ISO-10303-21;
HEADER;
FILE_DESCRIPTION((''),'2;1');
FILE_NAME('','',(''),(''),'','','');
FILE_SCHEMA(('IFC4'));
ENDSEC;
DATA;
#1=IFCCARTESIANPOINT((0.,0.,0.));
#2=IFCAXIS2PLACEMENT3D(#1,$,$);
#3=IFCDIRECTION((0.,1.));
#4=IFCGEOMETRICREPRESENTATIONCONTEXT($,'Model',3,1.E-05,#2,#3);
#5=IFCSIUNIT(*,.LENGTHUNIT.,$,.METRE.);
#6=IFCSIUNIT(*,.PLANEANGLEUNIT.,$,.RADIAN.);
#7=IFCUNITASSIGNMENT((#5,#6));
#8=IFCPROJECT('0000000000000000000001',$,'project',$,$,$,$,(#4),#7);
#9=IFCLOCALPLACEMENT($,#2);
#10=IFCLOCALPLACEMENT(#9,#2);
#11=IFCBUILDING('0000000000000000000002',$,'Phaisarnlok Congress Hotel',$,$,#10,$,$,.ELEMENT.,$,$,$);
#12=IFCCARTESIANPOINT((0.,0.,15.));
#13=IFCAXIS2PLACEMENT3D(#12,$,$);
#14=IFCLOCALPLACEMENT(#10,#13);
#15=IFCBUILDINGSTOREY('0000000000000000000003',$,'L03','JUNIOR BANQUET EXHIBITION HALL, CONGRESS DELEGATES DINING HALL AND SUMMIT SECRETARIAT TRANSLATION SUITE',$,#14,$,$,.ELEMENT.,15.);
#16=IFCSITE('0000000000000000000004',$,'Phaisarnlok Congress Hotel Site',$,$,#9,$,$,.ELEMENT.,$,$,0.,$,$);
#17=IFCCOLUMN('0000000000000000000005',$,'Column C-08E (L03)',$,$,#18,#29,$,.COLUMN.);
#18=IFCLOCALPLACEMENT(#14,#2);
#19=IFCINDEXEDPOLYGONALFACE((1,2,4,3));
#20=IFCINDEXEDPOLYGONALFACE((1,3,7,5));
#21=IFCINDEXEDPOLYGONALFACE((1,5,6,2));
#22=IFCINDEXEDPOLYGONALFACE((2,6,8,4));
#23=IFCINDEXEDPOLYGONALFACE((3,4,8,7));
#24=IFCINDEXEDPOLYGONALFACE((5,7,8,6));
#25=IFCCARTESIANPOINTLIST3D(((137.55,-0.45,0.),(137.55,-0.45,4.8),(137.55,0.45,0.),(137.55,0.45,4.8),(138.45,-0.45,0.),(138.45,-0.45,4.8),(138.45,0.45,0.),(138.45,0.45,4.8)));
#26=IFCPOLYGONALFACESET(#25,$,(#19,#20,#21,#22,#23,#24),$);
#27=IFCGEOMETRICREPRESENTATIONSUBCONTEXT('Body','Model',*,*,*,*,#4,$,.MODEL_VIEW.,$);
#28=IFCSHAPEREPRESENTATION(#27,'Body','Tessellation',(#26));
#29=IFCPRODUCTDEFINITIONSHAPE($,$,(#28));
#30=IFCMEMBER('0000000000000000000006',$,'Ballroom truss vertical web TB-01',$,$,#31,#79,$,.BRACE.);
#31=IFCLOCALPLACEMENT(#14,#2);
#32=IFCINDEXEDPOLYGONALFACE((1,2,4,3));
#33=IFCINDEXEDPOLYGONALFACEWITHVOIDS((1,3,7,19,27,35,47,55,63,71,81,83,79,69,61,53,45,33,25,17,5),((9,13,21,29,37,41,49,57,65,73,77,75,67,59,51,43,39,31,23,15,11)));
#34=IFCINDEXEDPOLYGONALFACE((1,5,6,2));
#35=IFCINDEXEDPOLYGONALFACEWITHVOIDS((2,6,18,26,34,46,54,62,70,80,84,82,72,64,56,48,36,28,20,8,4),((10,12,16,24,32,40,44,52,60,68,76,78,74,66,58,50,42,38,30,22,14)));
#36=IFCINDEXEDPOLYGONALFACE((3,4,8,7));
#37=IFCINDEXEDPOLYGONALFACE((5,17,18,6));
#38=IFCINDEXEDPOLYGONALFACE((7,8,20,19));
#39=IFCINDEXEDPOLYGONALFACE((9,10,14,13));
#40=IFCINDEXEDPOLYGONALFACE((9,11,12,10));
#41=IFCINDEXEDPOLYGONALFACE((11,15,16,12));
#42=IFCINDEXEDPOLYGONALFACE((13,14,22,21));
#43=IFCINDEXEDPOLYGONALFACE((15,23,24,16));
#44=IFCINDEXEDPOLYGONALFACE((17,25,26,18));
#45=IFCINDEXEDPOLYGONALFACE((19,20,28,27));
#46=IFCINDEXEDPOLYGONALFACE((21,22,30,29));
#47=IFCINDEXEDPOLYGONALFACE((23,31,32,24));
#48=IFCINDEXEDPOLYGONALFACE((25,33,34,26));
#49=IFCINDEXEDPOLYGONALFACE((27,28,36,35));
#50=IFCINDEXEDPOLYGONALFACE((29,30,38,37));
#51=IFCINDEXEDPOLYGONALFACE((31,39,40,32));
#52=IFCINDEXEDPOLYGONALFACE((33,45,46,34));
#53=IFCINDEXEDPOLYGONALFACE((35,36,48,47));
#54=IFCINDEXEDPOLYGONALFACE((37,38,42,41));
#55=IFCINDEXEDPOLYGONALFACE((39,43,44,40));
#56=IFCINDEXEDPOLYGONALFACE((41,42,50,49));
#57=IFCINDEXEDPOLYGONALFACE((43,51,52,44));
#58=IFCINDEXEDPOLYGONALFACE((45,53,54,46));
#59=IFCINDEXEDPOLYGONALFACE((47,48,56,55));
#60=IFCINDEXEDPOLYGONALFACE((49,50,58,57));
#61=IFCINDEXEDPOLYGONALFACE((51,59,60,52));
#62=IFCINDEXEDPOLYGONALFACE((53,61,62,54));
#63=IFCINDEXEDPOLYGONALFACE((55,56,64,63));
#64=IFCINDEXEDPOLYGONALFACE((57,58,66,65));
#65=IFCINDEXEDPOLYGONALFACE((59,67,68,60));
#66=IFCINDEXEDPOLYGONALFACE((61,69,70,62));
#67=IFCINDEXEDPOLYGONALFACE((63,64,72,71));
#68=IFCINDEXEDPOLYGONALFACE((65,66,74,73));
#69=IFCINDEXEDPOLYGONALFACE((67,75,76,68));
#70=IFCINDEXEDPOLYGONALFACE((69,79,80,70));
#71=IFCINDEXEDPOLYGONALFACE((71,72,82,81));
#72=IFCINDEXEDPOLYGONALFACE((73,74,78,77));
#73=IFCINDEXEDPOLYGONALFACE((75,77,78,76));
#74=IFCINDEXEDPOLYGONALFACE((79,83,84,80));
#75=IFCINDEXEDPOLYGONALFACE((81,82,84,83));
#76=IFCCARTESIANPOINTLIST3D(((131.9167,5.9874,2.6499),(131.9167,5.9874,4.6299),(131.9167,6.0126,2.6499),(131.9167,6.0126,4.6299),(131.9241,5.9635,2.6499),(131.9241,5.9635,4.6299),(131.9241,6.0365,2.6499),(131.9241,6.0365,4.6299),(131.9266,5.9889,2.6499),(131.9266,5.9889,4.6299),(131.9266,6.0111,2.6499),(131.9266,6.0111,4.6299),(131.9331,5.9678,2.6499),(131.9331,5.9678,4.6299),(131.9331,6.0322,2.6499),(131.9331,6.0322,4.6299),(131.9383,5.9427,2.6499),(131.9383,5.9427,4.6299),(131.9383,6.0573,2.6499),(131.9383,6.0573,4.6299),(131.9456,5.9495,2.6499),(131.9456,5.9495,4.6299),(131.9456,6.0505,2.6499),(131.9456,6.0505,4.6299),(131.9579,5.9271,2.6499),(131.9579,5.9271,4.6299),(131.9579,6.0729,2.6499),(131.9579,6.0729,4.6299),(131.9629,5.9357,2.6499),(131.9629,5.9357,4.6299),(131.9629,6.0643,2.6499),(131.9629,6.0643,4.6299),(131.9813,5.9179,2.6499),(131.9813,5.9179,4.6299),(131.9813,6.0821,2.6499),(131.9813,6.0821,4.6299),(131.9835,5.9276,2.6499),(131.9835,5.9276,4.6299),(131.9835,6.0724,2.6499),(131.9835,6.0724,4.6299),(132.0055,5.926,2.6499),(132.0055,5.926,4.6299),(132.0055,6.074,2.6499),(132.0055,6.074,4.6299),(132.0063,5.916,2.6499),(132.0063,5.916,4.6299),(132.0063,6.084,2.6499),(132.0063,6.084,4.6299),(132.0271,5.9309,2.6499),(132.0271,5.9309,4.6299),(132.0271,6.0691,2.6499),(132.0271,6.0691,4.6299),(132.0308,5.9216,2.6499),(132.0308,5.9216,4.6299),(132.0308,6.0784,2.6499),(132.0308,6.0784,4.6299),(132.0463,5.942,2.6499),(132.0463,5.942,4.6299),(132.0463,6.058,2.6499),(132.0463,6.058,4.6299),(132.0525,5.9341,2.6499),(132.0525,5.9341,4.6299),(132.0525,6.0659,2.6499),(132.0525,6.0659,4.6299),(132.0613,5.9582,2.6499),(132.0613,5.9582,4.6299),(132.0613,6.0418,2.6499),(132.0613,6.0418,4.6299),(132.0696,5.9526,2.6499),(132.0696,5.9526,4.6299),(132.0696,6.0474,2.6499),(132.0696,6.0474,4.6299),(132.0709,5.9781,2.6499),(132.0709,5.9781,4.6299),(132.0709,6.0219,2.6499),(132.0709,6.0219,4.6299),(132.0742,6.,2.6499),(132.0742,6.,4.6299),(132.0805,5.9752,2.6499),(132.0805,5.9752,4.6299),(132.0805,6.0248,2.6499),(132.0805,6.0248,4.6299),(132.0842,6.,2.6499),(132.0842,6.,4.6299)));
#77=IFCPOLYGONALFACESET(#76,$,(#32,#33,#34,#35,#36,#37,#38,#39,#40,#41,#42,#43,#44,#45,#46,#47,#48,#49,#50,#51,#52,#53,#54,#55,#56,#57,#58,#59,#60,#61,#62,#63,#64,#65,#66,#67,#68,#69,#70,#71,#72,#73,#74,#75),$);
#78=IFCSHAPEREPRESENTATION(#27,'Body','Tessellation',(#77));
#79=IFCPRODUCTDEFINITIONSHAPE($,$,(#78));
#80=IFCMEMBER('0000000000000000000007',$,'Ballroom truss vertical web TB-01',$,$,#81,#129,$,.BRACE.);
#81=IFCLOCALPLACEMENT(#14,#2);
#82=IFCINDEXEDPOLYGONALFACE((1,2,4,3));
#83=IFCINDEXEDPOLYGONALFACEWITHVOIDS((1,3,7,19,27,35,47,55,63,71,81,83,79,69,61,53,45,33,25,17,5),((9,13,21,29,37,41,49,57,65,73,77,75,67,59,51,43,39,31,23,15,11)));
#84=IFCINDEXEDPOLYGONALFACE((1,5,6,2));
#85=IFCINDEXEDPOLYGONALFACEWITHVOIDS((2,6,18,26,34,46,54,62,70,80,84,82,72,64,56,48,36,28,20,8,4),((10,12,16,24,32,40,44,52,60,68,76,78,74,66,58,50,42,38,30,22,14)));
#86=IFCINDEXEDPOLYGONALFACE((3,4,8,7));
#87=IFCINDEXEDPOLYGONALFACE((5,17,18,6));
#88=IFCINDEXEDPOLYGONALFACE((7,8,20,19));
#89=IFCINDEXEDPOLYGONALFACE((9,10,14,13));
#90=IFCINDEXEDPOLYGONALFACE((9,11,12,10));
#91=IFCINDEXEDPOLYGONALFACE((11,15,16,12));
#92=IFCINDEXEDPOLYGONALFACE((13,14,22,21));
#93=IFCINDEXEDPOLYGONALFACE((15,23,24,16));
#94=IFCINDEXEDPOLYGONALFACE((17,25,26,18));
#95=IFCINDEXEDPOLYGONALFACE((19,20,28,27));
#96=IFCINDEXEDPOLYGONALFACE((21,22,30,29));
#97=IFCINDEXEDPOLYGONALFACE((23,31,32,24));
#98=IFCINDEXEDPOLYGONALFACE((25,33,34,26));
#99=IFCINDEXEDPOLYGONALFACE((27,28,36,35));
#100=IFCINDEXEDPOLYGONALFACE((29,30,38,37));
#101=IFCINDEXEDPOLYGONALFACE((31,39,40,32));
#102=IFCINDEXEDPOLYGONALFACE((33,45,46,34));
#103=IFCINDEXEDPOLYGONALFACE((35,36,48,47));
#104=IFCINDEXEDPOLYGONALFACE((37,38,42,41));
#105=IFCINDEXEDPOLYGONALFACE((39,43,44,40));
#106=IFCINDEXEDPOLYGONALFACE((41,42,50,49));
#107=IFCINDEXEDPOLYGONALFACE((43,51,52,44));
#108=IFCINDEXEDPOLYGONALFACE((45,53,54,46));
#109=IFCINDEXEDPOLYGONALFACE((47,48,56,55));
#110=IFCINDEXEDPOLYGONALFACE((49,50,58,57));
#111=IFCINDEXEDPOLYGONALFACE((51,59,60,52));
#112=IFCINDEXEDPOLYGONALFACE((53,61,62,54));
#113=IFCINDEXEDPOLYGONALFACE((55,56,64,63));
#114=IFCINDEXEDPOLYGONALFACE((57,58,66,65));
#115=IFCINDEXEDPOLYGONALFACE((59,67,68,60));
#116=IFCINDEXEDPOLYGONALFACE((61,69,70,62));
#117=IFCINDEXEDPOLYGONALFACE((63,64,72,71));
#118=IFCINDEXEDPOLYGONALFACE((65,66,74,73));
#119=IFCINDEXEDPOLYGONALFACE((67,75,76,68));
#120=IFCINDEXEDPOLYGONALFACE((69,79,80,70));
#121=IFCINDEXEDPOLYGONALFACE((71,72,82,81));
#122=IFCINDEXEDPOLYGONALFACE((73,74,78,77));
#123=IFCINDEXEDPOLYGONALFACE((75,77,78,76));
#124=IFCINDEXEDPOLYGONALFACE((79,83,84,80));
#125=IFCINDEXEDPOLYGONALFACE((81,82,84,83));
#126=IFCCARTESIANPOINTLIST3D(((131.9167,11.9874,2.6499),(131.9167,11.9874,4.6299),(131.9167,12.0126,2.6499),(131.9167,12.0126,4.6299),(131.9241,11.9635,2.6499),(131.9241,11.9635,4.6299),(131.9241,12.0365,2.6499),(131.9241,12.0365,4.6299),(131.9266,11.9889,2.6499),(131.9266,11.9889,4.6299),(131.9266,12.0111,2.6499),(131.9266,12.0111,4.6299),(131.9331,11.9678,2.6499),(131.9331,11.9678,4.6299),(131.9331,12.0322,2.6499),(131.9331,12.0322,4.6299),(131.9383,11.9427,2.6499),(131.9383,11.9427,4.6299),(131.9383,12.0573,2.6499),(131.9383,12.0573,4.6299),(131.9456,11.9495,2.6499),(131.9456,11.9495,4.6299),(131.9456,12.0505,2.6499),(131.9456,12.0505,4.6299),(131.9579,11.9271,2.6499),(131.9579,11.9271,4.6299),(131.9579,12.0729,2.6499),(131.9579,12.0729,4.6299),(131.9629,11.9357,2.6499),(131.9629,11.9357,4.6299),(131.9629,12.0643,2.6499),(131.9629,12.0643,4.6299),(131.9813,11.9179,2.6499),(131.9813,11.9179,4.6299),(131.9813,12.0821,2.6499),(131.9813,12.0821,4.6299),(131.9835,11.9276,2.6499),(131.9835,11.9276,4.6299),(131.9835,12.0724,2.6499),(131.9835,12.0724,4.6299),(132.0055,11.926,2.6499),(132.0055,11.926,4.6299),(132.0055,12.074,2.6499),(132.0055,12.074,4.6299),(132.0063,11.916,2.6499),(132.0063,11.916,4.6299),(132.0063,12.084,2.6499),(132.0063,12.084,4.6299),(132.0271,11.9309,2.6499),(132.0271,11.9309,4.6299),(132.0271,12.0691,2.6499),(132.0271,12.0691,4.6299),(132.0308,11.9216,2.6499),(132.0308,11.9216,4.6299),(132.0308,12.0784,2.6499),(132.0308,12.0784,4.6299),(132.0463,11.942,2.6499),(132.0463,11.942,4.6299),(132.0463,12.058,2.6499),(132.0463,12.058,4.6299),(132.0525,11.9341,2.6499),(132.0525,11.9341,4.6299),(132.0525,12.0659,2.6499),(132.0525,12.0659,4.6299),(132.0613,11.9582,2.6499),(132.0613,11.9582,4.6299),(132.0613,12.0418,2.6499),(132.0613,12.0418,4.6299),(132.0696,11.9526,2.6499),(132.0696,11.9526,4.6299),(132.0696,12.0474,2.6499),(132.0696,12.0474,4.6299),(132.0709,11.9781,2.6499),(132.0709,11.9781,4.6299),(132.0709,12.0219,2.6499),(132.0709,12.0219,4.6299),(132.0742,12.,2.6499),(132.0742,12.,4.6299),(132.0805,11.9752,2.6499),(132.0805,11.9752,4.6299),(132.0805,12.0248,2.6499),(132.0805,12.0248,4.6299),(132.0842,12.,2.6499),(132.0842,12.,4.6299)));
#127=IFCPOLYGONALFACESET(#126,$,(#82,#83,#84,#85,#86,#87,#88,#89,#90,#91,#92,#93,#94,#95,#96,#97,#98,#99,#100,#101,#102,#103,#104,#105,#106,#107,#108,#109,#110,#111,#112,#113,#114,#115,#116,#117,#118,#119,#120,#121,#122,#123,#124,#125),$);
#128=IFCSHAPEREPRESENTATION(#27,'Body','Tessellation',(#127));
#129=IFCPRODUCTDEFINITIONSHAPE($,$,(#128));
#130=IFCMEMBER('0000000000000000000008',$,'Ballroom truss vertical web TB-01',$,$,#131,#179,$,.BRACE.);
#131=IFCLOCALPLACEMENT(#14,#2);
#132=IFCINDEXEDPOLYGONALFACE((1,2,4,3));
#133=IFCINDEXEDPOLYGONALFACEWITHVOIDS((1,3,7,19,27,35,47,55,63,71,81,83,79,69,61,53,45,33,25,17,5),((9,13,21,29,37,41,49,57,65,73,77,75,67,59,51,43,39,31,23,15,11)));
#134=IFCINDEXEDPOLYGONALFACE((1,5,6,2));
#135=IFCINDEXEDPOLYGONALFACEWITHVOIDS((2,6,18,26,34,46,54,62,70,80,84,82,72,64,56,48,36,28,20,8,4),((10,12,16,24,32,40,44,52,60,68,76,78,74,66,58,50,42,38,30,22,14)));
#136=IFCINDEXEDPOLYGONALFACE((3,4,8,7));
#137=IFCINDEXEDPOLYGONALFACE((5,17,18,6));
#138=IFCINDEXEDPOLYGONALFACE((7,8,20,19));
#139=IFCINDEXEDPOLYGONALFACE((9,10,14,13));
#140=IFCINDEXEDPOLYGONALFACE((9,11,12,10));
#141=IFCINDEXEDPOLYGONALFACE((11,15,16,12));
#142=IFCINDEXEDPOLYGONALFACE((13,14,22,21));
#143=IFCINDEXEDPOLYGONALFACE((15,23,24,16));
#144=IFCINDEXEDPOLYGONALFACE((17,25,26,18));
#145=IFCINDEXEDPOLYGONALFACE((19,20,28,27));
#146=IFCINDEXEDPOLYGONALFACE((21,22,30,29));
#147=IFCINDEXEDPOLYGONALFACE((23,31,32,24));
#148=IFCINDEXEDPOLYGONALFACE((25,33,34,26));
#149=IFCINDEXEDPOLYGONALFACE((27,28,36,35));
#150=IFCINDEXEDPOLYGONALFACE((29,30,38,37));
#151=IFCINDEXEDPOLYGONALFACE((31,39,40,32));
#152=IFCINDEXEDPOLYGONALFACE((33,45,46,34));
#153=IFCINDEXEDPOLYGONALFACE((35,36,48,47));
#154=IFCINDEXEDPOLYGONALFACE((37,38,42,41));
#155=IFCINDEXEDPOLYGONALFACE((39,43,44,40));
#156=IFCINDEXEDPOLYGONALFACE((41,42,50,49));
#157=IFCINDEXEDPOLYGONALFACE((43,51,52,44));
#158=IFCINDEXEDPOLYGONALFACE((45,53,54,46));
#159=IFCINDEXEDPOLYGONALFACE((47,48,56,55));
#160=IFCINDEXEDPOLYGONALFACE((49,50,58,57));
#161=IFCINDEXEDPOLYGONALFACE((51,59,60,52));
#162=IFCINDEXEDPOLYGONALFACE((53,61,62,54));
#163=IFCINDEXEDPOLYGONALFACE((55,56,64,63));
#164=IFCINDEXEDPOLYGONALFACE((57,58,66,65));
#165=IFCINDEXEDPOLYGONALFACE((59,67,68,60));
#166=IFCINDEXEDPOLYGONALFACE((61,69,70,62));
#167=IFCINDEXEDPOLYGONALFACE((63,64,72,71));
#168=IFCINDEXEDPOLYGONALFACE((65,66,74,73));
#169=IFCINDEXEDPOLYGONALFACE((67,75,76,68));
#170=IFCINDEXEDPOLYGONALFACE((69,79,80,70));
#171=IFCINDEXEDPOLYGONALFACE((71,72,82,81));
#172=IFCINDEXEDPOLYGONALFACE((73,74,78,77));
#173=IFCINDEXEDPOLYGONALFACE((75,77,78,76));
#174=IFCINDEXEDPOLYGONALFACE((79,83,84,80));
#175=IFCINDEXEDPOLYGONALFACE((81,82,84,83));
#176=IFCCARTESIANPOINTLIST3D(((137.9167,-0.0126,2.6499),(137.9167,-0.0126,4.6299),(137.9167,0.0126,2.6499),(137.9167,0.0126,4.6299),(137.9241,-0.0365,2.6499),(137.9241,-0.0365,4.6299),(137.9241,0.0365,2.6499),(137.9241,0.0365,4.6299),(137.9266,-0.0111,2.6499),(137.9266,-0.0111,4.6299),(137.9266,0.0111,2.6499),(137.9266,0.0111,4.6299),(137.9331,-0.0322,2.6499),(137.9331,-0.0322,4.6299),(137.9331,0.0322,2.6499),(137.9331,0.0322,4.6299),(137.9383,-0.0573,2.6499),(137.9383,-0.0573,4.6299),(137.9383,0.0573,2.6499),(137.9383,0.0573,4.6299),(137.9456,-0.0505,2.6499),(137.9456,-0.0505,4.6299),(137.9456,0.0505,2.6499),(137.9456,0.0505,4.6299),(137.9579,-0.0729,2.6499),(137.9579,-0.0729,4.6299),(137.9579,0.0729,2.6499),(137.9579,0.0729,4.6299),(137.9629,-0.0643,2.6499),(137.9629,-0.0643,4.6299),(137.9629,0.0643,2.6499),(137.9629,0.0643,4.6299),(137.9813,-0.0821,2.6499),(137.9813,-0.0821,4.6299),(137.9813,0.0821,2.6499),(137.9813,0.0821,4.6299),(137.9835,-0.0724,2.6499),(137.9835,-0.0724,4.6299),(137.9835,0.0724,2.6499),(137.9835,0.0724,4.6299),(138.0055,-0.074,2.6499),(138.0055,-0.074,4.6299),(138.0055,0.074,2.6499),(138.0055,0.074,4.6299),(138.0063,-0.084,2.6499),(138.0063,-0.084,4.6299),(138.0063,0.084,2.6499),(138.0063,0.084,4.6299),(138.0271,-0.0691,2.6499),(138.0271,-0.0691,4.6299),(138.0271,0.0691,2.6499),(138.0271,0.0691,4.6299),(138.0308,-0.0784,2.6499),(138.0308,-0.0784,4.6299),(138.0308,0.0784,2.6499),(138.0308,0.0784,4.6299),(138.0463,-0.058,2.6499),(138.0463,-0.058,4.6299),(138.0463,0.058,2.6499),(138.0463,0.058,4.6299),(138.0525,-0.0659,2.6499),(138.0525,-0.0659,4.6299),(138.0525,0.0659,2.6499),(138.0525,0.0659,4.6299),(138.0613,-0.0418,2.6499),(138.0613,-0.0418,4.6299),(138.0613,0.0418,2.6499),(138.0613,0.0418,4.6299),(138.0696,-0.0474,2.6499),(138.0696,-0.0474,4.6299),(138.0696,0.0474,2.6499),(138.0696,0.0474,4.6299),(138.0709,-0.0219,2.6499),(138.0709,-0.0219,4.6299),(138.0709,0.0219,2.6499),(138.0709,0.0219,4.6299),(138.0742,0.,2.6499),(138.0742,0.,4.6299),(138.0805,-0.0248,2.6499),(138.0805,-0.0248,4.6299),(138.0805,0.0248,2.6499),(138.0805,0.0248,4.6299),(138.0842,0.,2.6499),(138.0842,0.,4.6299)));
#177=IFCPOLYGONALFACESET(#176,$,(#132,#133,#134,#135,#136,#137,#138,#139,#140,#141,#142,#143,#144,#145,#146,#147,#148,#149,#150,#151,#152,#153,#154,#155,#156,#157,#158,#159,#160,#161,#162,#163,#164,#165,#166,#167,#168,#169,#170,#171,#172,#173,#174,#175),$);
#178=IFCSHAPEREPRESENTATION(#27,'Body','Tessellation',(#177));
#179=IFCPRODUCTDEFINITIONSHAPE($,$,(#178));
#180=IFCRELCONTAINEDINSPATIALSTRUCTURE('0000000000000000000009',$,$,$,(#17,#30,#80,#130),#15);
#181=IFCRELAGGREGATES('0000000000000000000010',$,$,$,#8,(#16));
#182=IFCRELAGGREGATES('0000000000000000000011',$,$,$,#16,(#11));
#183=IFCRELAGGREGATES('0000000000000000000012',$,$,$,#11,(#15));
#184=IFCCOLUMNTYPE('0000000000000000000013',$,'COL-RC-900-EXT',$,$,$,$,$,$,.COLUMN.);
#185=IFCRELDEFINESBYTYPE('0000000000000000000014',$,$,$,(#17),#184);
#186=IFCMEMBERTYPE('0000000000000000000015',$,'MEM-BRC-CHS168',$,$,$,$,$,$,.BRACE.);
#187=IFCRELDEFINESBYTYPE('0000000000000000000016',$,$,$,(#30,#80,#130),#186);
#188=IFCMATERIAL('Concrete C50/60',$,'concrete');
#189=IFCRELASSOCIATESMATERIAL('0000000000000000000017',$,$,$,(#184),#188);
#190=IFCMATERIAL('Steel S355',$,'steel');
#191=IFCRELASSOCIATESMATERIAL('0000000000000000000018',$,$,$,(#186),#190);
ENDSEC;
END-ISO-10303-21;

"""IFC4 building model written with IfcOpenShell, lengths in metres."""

from ifc_helpers import new_model, si_unit, direction, frame, origin, origin_2d, place, context, subcontext, project, spatial, rectangle, hollow_circle, extrude, material, material_profile, profile_set, type_object, element, save


model = new_model("IFC4")

# Units and contexts
model_context = context("Model", 3, precision=1e-05, world=origin(), true_north=direction((0.0, 1.0)))
body_context = subcontext(model_context, "Body", "Model", "MODEL_VIEW")
ifc_project = project(units=[si_unit("LENGTHUNIT", "METRE"), si_unit("PLANEANGLEUNIT", "RADIAN")], contexts=[model_context])

# Site, building, storey
site_placement = place(None, origin())
site = spatial("IfcSite", under=ifc_project, at=site_placement, Name="Phaisarnlok Congress Hotel Site", CompositionType="ELEMENT", RefElevation=0.0)
building_placement = place(site_placement, origin())
building = spatial("IfcBuilding", under=site, at=building_placement, Name="Phaisarnlok Congress Hotel", CompositionType="ELEMENT")
storey_placement = place(building_placement, frame((0.0, 0.0, 15.0)))
storey = spatial("IfcBuildingStorey", under=building, at=storey_placement, Name="L03", Description="JUNIOR BANQUET EXHIBITION HALL, CONGRESS DELEGATES DINING HALL AND SUMMIT SECRETARIAT TRANSLATION SUITE", CompositionType="ELEMENT", Elevation=15.0)

# Column
ifc_material_1 = material(Name="Concrete C50/60", Category="concrete")
ifc_material_profile_1 = material_profile(ifc_material_1, rectangle(XDim=0.8999, YDim=0.8999, at=origin_2d()), Name="RC 900x900")
ifc_profile_set_1 = profile_set([ifc_material_profile_1], Name="Concrete C50/60")
column_type = type_object("IfcColumnType", Name="COL-RC-900-EXT", PredefinedType="COLUMN", material=ifc_profile_set_1)
column_placement = place(storey_placement, frame((138.0, 0.0, 0.0), z_axis=(0.0, 0.0, 1.0), x_axis=(1.0, 0.0, 0.0)))
element("IfcColumn", 1, at=column_placement, inside=storey, type_object=column_type, Name="Column C-08E (L03)", PredefinedType="COLUMN", context=body_context, shape_type="SweptSolid", body=[
    extrude(rectangle(XDim=0.8999, YDim=0.8999, at=origin_2d()), origin(), (0.0, 0.0, 1.0), 4.8),
])

# Members
ifc_material_2 = material(Name="Steel S355", Category="steel")
ifc_material_profile_2 = material_profile(ifc_material_2, hollow_circle(Radius=0.0842, WallThickness=0.01, at=origin_2d()), Name="CHS 168.3x10")
ifc_profile_set_2 = profile_set([ifc_material_profile_2], Name="Steel S355")
member_type_1 = type_object("IfcMemberType", Name="MEM-BRC-CHS168", PredefinedType="BRACE", material=ifc_profile_set_2)
for number, where, z_axis, x_axis, name in (
    (2, (132.0, 6.0, 2.6499), (0.0, 0.0, 1.0), (1.0, 0.0, 0.0), "Ballroom truss vertical web TB-01"),
    (3, (132.0, 12.0, 2.6499), (0.0, 0.0, 1.0), (1.0, 0.0, 0.0), "Ballroom truss vertical web TB-01"),
    (4, (138.0, 0.0, 2.6499), (0.0, 0.0, 1.0), (1.0, 0.0, 0.0), "Ballroom truss vertical web TB-01"),
):
    element("IfcMember", number, at=place(storey_placement, frame(where, z_axis=z_axis, x_axis=x_axis)), inside=storey, type_object=member_type_1, Name=name, PredefinedType="BRACE", context=body_context, shape_type="SweptSolid", body=[
        extrude(hollow_circle(Radius=0.0842, WallThickness=0.01, at=origin_2d()), origin(), (0.0, 0.0, 1.0), 1.98),
    ])

save(model, "model.ifc")
